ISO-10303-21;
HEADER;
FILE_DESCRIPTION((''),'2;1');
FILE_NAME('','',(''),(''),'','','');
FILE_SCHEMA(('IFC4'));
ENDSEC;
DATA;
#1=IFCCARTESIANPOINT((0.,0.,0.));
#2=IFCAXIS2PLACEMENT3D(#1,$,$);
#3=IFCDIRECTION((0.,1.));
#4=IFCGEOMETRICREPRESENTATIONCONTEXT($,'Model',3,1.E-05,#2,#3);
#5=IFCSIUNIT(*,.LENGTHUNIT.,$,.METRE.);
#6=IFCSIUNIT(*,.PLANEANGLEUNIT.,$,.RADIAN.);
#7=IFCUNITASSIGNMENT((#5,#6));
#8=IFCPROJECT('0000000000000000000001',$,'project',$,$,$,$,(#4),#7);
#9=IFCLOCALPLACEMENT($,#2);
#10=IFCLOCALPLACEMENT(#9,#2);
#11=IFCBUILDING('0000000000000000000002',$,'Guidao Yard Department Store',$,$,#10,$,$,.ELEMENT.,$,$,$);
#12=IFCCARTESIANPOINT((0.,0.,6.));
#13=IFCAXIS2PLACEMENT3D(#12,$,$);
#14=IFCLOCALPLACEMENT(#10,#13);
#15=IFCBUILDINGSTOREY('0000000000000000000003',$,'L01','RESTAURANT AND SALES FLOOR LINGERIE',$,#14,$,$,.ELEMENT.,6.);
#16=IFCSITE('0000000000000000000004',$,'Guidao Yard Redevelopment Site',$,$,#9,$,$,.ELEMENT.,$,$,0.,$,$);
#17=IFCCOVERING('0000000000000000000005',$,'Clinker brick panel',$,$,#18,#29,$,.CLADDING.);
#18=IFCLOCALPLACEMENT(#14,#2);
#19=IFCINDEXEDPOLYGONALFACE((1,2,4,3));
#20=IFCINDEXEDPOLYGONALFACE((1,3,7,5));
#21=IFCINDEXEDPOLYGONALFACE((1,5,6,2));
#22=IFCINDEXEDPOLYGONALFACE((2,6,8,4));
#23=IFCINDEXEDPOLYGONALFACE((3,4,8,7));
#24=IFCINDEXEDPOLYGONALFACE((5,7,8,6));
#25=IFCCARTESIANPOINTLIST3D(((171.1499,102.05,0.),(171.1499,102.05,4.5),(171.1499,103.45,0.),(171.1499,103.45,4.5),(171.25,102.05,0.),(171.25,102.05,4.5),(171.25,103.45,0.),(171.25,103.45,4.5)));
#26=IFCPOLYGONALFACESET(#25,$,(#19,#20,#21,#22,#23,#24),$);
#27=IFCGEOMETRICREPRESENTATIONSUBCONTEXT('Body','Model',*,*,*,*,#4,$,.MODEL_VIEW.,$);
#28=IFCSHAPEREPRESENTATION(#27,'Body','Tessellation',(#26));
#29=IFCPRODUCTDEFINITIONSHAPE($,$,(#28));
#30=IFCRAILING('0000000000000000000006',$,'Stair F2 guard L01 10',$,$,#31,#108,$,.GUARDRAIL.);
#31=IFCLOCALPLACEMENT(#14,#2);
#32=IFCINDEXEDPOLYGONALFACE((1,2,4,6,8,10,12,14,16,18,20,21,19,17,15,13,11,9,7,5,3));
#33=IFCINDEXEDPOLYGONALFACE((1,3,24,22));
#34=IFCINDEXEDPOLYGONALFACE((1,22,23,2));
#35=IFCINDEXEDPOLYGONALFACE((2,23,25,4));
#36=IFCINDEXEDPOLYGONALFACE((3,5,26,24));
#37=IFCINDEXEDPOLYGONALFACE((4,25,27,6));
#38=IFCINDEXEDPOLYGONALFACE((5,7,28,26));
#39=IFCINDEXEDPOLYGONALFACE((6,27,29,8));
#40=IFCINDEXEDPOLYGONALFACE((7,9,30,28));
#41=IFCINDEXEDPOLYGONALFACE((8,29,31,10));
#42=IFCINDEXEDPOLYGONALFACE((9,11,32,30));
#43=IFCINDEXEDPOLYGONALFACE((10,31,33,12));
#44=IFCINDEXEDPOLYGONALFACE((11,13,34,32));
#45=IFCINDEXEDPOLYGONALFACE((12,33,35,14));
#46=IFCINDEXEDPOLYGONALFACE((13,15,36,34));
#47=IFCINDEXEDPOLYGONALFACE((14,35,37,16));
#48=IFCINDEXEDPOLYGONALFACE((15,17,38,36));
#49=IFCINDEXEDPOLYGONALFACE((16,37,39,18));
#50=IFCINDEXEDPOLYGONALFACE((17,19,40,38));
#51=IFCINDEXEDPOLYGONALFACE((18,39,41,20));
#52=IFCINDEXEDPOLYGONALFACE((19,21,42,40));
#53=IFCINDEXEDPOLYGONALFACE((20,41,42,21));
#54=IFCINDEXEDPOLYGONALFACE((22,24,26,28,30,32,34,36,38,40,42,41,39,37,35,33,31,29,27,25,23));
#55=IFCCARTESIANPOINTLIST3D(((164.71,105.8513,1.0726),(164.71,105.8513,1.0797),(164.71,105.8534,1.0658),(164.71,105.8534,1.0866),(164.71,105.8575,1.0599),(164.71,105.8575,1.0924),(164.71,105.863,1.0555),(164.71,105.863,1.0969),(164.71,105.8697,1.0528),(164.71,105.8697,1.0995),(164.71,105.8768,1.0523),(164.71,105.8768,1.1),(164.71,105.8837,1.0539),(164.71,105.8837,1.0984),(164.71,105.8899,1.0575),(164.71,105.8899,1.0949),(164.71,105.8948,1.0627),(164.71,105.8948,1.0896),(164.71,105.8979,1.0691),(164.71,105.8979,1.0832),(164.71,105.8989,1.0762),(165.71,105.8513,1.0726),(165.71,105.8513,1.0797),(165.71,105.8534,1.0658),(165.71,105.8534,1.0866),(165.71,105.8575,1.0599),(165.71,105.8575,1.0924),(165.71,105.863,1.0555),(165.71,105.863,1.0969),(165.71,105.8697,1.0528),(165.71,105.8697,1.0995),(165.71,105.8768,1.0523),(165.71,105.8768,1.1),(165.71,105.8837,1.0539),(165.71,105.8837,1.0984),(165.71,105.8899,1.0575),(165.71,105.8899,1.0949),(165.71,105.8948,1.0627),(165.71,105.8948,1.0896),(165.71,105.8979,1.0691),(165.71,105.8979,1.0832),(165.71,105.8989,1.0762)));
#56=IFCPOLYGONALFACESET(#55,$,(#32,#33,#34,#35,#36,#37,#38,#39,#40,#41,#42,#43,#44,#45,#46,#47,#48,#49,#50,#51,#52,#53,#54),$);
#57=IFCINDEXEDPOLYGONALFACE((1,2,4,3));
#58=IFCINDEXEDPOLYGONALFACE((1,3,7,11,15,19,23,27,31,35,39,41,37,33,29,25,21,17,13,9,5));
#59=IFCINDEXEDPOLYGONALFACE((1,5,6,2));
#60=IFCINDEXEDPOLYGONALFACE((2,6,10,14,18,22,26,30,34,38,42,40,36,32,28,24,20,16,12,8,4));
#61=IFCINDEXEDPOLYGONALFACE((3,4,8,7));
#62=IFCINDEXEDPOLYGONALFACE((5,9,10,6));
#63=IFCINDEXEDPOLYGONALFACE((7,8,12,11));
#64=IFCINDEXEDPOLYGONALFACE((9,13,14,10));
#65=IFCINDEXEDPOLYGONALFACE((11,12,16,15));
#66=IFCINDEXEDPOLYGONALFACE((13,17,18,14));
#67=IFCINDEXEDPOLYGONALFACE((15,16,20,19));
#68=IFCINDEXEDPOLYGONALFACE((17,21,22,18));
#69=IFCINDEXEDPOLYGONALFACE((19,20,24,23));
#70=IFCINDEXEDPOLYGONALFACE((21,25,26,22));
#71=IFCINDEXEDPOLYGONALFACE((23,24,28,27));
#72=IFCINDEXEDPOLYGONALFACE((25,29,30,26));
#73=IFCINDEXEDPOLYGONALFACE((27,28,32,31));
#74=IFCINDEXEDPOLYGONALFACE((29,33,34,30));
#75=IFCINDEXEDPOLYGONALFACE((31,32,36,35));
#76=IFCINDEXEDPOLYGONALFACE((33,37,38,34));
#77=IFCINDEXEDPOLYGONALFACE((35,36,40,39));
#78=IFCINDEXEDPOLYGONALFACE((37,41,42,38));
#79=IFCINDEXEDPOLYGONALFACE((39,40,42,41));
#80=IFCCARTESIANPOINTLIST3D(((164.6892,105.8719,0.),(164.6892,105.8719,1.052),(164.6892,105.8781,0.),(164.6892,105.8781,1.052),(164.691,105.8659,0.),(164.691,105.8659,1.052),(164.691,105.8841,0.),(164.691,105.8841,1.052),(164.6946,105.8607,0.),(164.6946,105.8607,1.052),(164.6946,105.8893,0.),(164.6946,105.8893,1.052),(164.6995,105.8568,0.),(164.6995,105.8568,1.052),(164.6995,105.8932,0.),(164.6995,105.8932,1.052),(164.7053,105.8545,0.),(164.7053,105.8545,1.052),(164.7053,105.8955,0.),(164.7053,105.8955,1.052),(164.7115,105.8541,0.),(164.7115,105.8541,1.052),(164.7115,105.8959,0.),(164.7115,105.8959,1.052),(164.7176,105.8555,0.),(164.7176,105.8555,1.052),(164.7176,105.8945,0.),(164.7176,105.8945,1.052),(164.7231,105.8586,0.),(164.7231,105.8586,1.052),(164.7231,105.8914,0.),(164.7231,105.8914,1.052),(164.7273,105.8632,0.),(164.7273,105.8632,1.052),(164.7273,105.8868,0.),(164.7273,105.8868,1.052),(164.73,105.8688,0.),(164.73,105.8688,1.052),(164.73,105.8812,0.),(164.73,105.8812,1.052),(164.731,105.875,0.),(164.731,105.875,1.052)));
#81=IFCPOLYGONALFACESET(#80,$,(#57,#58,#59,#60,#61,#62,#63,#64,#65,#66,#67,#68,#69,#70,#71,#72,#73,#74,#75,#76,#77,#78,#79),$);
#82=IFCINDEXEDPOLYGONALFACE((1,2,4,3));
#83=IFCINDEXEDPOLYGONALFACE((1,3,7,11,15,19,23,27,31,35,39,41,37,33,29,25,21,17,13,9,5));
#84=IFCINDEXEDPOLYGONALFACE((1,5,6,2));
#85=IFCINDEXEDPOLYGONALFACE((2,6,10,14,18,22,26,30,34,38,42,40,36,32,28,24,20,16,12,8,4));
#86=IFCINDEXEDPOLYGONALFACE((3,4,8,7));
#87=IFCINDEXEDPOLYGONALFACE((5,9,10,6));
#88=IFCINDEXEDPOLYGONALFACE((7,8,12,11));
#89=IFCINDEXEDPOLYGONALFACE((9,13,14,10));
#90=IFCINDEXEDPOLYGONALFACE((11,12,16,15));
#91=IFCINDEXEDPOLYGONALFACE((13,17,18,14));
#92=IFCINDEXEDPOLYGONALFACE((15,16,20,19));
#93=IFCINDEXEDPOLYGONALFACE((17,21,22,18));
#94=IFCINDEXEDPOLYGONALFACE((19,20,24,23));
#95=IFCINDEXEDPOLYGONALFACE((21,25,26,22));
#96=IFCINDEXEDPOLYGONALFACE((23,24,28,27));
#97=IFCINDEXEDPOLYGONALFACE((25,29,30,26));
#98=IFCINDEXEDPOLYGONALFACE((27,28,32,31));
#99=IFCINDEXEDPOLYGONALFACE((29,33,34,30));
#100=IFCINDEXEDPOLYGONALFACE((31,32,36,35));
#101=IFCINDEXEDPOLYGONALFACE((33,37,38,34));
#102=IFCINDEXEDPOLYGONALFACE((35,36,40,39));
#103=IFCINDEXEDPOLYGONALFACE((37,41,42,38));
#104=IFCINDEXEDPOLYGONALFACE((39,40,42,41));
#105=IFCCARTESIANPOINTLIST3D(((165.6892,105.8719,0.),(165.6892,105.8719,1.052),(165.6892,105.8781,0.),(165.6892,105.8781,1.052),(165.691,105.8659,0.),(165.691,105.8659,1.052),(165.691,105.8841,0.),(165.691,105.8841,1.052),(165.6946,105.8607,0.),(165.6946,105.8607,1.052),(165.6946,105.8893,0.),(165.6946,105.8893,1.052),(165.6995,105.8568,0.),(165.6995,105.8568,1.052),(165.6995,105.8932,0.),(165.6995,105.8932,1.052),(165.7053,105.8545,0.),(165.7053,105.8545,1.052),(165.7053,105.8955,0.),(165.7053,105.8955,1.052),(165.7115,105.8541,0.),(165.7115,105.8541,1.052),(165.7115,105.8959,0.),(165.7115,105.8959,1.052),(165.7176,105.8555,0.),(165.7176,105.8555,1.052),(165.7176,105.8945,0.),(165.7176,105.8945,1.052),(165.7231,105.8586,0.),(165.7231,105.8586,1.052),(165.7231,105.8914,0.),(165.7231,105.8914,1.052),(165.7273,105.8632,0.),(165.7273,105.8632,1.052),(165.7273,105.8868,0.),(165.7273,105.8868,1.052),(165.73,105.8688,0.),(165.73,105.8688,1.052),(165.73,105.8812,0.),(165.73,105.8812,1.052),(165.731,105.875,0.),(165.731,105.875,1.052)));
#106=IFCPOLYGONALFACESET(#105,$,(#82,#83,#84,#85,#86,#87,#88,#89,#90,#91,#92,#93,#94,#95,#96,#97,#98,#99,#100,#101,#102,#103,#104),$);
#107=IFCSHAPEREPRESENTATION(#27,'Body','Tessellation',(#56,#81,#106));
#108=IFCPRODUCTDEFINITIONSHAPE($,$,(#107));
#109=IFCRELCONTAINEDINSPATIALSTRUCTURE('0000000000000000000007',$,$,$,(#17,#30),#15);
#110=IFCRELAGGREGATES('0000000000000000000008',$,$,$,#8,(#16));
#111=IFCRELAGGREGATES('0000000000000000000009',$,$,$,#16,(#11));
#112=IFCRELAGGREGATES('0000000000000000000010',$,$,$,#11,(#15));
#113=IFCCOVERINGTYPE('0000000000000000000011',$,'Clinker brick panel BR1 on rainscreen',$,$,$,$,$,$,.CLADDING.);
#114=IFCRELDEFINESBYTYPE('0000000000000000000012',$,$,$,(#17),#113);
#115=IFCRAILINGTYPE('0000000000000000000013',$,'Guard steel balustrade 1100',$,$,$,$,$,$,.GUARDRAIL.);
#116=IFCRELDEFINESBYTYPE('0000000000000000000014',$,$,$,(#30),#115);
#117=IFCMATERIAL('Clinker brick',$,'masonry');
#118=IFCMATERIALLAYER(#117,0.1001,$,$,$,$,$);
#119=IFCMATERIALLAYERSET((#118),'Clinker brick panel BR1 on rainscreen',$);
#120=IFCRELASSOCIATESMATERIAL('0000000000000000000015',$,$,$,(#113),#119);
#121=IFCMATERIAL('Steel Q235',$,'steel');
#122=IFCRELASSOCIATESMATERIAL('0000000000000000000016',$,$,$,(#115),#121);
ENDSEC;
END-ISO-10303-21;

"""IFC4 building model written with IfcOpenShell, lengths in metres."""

from ifc_helpers import new_model, si_unit, direction, frame, origin, origin_2d, place, context, subcontext, project, spatial, rectangle, circle, extrude, material, layer, layer_set, type_object, element, save


model = new_model("IFC4")

# Units and contexts
model_context = context("Model", 3, precision=1e-05, world=origin(), true_north=direction((0.0, 1.0)))
body_context = subcontext(model_context, "Body", "Model", "MODEL_VIEW")
ifc_project = project(units=[si_unit("LENGTHUNIT", "METRE"), si_unit("PLANEANGLEUNIT", "RADIAN")], contexts=[model_context])

# Site, building, storey
site_placement = place(None, origin())
site = spatial("IfcSite", under=ifc_project, at=site_placement, Name="Guidao Yard Redevelopment Site", CompositionType="ELEMENT", RefElevation=0.0)
building_placement = place(site_placement, origin())
building = spatial("IfcBuilding", under=site, at=building_placement, Name="Guidao Yard Department Store", CompositionType="ELEMENT")
storey_placement = place(building_placement, frame((0.0, 0.0, 6.0)))
storey = spatial("IfcBuildingStorey", under=building, at=storey_placement, Name="L01", Description="RESTAURANT AND SALES FLOOR LINGERIE", CompositionType="ELEMENT", Elevation=6.0)

# Covering
ifc_material_1 = material(Name="Clinker brick", Category="masonry")
ifc_layer_1 = layer(ifc_material_1, 0.1001)
ifc_layer_set_1 = layer_set([ifc_layer_1], Name="Clinker brick panel BR1 on rainscreen")
covering_type = type_object("IfcCoveringType", Name="Clinker brick panel BR1 on rainscreen", PredefinedType="CLADDING", material=ifc_layer_set_1)
for number, where, z_axis, x_axis, name in (
    (1, (171.2, 102.75, 0.0), (0.0, 0.0, 1.0), (0.0, -1.0, 0.0), "Clinker brick panel"),
):
    element("IfcCovering", number, at=place(storey_placement, frame(where, z_axis=z_axis, x_axis=x_axis)), inside=storey, type_object=covering_type, Name=name, PredefinedType="CLADDING", context=body_context, shape_type="SweptSolid", body=[
        extrude(rectangle(XDim=1.3999, YDim=0.1001, at=origin_2d()), origin(), (0.0, 0.0, 1.0), 4.5),
    ])

# Railing
ifc_material_2 = material(Name="Steel Q235", Category="steel")
railing_type_1 = type_object("IfcRailingType", Name="Guard steel balustrade 1100", PredefinedType="GUARDRAIL", material=ifc_material_2)
railing_placement = place(storey_placement, frame((164.71, 105.875, 0.0)))
element("IfcRailing", 2, at=railing_placement, inside=storey, type_object=railing_type_1, Name="Stair F2 guard L01 10", PredefinedType="GUARDRAIL", context=body_context, shape_type="SweptSolid", body=[
    extrude(circle(Radius=0.0239, at=origin_2d()), frame((0.0, 0.0, 1.0762), z_axis=(1.0, 0.0, 0.0), x_axis=(0.0, 1.0, 0.0)), (0.0, 0.0, 1.0), 1.0),
    extrude(circle(Radius=0.021, at=origin_2d()), origin(), (0.0, 0.0, 1.0), 1.052),
    extrude(circle(Radius=0.021, at=origin_2d()), frame((1.0, 0.0, 0.0)), (0.0, 0.0, 1.0), 1.052),
])

save(model, "model.ifc")
